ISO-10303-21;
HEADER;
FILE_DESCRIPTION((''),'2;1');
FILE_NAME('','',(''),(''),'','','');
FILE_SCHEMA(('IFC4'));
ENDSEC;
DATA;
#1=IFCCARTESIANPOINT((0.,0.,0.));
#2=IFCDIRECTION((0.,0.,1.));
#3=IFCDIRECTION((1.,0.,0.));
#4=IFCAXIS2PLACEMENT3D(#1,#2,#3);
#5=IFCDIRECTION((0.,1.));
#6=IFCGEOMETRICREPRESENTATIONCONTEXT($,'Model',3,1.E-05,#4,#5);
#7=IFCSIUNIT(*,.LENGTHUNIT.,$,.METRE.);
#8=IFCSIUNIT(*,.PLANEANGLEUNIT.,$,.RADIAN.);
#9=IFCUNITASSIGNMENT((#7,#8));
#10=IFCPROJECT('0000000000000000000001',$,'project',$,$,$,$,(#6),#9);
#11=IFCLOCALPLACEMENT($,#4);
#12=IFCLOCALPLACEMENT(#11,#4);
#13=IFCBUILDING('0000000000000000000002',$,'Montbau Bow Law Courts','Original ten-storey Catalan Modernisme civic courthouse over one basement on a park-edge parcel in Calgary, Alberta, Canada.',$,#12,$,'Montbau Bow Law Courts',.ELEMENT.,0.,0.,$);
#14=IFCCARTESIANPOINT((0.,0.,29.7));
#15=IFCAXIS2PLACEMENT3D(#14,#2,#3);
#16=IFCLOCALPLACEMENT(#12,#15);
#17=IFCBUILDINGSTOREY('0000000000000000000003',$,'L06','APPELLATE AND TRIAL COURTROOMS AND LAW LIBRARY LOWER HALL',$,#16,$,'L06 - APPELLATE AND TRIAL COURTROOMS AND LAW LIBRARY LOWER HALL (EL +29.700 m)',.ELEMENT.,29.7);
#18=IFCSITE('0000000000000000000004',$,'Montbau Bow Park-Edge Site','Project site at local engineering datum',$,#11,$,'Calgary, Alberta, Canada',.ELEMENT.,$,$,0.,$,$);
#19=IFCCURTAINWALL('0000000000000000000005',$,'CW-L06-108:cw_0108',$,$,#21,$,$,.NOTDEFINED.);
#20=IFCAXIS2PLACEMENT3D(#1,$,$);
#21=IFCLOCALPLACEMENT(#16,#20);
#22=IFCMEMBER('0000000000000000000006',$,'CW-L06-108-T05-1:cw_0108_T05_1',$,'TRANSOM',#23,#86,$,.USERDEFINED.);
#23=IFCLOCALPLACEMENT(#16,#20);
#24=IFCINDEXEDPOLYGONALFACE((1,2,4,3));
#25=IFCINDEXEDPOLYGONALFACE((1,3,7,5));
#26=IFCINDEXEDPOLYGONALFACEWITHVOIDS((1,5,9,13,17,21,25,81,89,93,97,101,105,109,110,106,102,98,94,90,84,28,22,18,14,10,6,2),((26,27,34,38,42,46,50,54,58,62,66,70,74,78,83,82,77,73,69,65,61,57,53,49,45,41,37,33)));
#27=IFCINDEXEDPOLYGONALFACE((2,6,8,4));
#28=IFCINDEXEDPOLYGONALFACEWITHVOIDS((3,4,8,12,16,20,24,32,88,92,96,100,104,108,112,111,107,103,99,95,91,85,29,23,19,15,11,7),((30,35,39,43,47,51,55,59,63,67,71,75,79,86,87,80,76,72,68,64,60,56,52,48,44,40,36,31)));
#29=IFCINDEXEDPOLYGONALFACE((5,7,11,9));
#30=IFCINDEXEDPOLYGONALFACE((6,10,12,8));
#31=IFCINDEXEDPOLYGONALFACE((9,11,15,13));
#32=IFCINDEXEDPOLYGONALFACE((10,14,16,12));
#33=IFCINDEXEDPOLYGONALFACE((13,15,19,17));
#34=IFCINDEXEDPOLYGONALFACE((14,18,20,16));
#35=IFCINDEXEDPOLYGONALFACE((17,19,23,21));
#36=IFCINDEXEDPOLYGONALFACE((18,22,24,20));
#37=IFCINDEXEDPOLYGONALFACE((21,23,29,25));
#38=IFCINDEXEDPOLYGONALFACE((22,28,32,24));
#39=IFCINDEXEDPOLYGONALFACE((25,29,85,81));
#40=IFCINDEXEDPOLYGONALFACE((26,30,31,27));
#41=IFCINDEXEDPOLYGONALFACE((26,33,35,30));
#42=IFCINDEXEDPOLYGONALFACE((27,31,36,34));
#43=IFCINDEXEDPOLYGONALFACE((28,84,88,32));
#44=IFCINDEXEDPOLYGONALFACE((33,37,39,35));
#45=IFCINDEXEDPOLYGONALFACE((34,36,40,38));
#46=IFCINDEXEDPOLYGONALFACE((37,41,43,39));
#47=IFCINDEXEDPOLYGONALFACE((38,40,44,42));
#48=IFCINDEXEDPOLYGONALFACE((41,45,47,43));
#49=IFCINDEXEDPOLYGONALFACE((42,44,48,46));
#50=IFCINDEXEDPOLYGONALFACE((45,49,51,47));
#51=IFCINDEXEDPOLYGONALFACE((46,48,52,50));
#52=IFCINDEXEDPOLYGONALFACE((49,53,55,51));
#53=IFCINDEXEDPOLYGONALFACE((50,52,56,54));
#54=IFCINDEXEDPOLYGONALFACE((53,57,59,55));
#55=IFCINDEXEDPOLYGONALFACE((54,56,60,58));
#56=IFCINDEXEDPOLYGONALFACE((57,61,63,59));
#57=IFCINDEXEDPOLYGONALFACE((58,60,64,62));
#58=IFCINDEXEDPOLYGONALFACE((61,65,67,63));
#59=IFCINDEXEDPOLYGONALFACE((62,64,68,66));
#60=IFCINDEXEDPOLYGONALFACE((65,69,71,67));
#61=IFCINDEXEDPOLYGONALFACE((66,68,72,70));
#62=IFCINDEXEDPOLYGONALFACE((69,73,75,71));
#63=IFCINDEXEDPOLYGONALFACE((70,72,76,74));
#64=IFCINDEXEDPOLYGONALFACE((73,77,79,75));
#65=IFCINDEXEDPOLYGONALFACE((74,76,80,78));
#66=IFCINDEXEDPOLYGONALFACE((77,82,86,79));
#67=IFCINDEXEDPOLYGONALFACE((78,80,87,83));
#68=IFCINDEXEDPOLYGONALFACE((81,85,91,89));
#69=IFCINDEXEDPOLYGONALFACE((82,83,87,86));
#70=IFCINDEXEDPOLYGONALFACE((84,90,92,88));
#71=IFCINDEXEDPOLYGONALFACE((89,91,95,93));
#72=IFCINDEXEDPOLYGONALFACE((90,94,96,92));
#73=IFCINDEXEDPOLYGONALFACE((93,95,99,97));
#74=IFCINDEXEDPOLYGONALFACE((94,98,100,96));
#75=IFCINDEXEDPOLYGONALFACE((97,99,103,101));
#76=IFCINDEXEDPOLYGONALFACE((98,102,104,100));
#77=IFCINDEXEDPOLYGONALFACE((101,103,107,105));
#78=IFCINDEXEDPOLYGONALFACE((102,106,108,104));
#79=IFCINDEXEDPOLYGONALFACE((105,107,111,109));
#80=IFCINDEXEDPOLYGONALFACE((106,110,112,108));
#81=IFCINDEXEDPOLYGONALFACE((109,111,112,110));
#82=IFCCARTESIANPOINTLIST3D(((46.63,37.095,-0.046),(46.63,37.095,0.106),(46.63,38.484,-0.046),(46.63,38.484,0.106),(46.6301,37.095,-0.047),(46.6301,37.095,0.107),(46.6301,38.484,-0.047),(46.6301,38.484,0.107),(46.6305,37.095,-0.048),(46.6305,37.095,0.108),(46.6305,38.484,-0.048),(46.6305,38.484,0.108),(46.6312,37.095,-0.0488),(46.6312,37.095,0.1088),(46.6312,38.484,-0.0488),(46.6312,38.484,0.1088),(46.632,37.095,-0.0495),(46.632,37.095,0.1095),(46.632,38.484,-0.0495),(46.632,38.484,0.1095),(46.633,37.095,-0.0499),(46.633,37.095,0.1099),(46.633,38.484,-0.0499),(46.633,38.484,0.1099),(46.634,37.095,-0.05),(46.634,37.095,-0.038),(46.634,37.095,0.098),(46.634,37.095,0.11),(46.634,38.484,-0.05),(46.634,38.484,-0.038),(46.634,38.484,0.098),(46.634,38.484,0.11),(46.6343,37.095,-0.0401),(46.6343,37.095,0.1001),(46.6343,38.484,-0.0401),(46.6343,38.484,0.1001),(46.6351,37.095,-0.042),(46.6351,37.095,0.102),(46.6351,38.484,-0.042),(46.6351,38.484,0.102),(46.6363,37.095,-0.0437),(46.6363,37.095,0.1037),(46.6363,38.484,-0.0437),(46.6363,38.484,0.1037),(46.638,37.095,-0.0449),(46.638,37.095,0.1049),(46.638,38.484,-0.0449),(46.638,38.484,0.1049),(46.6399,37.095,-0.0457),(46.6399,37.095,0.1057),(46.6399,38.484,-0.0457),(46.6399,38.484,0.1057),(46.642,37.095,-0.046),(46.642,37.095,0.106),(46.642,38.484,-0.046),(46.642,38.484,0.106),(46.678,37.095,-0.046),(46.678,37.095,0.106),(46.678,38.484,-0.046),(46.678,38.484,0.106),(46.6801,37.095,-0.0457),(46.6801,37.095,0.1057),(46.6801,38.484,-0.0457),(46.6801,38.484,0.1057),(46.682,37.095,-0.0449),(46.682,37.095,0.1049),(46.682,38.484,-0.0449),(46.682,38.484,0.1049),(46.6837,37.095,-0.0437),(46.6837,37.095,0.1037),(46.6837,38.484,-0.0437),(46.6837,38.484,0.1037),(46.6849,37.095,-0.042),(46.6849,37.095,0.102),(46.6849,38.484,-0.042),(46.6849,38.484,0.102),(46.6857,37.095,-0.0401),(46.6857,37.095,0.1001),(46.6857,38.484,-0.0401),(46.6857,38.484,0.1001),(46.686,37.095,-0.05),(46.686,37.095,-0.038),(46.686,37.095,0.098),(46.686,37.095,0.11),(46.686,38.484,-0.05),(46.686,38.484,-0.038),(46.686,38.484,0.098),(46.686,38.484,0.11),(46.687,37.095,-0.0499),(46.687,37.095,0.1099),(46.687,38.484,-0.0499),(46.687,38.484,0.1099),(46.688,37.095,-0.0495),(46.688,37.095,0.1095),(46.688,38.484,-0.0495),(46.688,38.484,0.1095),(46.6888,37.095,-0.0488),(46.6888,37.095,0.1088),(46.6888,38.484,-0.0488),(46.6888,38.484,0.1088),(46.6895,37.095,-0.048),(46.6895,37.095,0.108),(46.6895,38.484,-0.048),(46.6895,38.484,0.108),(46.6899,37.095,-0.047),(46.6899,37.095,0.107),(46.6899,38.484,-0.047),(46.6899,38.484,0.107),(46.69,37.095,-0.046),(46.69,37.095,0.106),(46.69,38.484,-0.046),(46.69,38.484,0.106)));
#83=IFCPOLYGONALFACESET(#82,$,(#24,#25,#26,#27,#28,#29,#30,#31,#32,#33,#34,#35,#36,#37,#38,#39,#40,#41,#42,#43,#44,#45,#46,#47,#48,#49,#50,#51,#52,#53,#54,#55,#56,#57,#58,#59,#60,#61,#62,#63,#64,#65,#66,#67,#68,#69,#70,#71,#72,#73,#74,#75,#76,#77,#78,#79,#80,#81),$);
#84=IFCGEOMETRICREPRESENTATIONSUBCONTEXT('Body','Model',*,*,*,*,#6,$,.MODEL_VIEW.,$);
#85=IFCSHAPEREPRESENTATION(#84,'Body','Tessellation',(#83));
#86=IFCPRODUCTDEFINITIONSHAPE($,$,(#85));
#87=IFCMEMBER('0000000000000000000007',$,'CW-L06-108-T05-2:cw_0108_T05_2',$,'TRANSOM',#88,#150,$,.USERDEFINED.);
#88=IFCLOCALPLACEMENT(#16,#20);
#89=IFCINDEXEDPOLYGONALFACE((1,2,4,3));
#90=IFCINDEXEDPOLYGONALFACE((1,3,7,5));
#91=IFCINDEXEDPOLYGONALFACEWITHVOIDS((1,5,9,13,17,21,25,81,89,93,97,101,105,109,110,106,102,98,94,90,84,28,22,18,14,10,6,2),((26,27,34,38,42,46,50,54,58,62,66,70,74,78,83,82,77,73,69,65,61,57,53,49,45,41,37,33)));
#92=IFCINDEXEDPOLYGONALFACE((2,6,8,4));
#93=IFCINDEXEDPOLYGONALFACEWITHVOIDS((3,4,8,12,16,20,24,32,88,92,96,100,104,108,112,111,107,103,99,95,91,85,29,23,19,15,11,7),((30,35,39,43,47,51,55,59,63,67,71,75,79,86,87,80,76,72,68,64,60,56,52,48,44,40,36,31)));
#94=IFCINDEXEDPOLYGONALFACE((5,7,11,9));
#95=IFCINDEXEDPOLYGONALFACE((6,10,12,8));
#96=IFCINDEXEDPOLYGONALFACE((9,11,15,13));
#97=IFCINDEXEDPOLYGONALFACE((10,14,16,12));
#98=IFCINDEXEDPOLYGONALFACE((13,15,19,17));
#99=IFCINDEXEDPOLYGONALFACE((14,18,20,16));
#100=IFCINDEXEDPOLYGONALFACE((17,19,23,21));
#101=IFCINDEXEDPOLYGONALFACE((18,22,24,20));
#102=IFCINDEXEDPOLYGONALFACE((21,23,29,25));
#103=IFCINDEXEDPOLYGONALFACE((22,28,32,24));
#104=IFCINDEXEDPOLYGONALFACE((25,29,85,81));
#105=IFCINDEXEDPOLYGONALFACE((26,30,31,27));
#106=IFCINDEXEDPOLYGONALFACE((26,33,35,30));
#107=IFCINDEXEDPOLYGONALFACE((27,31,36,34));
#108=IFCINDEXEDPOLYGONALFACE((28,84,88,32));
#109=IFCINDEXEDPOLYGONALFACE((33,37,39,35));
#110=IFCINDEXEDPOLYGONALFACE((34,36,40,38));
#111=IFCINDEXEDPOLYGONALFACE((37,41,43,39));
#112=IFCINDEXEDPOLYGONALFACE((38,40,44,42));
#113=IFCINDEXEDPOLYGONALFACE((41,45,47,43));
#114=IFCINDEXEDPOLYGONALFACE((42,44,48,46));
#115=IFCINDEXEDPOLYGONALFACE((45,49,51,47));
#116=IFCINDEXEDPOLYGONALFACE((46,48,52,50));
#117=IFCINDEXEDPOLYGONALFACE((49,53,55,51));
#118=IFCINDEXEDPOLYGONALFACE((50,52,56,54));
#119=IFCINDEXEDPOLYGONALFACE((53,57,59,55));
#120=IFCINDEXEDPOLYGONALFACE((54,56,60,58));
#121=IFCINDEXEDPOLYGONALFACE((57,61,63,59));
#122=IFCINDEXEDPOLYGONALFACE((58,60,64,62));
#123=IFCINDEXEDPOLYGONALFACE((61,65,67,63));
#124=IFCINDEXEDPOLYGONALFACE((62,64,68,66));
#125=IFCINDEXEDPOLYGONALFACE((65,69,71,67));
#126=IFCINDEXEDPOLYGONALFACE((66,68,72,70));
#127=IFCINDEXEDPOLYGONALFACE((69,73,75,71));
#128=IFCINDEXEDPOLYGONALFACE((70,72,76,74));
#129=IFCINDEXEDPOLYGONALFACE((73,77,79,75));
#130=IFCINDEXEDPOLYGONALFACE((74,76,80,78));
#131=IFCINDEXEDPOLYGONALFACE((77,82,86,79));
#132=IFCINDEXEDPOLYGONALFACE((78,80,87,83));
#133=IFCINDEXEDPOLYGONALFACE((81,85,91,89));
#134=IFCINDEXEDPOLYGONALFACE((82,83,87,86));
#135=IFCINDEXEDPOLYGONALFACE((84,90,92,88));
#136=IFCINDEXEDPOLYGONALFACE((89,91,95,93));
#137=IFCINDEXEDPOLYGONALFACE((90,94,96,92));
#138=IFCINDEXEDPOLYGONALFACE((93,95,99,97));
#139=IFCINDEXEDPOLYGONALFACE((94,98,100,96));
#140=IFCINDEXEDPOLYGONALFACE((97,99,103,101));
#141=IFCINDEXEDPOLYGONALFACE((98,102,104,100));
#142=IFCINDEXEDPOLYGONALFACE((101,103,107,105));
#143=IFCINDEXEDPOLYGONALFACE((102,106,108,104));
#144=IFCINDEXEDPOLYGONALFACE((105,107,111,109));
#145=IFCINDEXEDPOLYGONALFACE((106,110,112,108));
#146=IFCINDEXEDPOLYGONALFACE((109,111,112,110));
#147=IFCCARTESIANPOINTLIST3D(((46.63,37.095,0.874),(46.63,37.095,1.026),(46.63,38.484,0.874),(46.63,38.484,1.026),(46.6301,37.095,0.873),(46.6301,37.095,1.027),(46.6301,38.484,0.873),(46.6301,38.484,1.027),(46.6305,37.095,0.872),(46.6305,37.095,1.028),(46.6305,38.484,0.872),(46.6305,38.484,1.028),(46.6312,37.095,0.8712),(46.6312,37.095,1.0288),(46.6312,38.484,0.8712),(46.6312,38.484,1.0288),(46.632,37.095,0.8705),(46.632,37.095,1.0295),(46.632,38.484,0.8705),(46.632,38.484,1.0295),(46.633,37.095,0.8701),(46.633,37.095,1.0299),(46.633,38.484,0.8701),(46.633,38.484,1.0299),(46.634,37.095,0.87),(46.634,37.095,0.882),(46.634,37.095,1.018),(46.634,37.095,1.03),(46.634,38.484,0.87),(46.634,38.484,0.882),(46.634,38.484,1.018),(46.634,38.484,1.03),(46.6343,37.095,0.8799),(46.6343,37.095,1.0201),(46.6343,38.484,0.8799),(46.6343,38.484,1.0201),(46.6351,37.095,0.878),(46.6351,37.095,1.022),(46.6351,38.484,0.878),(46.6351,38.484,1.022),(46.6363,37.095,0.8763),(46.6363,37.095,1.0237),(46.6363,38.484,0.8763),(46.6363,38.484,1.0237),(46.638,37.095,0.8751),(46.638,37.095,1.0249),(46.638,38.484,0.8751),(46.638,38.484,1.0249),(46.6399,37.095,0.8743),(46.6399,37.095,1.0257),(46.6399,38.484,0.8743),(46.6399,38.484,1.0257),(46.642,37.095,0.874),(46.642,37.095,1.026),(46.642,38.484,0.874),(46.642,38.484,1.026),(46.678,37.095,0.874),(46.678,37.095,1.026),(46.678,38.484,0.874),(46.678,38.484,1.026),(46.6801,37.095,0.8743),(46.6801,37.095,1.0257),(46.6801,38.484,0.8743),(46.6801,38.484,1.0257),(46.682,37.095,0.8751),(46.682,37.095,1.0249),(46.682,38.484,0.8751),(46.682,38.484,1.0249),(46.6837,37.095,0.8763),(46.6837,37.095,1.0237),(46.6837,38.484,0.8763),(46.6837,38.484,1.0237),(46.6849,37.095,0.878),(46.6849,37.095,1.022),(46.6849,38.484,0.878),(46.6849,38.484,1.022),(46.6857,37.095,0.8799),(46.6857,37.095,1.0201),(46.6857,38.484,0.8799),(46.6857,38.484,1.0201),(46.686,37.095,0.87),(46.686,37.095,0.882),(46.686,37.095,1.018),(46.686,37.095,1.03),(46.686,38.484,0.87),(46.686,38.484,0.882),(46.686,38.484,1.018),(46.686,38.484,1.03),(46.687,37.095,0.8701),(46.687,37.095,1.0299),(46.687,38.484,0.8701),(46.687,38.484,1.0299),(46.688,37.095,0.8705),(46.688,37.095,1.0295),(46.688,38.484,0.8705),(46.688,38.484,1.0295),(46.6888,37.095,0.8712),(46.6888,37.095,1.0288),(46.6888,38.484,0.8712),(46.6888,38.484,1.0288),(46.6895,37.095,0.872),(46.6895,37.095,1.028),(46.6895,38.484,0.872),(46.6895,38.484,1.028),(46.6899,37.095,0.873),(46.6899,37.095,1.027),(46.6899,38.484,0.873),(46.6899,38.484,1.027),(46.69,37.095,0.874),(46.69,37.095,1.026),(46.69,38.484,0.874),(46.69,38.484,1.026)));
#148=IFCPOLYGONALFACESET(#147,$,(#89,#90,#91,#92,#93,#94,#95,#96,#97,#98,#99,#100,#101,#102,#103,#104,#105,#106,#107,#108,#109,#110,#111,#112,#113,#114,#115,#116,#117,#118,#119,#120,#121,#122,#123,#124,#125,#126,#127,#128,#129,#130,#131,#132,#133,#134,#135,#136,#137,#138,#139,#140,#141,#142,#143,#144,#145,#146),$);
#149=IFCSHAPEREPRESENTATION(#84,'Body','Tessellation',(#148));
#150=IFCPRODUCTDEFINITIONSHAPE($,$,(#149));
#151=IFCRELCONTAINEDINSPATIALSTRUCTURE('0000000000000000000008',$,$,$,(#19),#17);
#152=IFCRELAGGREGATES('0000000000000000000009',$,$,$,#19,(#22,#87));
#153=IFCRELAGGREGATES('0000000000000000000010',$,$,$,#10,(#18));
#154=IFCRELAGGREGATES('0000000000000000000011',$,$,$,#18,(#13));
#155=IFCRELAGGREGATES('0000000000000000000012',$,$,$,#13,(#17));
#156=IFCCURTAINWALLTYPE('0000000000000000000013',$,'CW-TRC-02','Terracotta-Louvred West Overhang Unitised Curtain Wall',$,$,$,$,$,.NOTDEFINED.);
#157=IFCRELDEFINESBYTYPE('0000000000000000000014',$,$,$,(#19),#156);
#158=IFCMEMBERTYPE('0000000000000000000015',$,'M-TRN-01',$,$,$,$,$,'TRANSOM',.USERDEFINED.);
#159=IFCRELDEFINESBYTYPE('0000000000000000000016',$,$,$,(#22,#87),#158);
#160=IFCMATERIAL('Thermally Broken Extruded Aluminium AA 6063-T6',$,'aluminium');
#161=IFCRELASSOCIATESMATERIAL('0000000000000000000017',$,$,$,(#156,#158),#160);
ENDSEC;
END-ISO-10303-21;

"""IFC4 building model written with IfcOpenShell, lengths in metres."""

from ifc_helpers import new_model, si_unit, direction, frame, origin_with_axes, origin_2d_with_axis, place, context, subcontext, project, spatial, hollow_rectangle, extrude, material, material_profile, profile_set, type_object, element, aggregate, save


model = new_model("IFC4")

# Units and contexts
model_context = context("Model", 3, precision=1e-05, world=origin_with_axes(), true_north=direction((0.0, 1.0)))
body_context = subcontext(model_context, "Body", "Model", "MODEL_VIEW")
ifc_project = project(units=[si_unit("LENGTHUNIT", "METRE"), si_unit("PLANEANGLEUNIT", "RADIAN")], contexts=[model_context])

# Site, building, storey
site_placement = place(None, origin_with_axes())
site = spatial("IfcSite", under=ifc_project, at=site_placement, Name="Montbau Bow Park-Edge Site", Description="Project site at local engineering datum", LongName="Calgary, Alberta, Canada", CompositionType="ELEMENT", RefElevation=0.0)
building_placement = place(site_placement, origin_with_axes())
building = spatial("IfcBuilding", under=site, at=building_placement, Name="Montbau Bow Law Courts", Description="Original ten-storey Catalan Modernisme civic courthouse over one basement on a park-edge parcel in Calgary, Alberta, Canada.", LongName="Montbau Bow Law Courts", CompositionType="ELEMENT", ElevationOfRefHeight=0.0, ElevationOfTerrain=0.0)
storey_placement = place(building_placement, frame((0.0, 0.0, 29.7), z_axis=(0.0, 0.0, 1.0), x_axis=(1.0, 0.0, 0.0)))
storey = spatial("IfcBuildingStorey", under=building, at=storey_placement, Name="L06", Description="APPELLATE AND TRIAL COURTROOMS AND LAW LIBRARY LOWER HALL", LongName="L06 - APPELLATE AND TRIAL COURTROOMS AND LAW LIBRARY LOWER HALL (EL +29.700 m)", CompositionType="ELEMENT", Elevation=29.7)

# Curtain wall
ifc_material_1 = material(Name="Thermally Broken Extruded Aluminium AA 6063-T6", Category="aluminium")
curtain_wall_type = type_object("IfcCurtainWallType", Name="CW-TRC-02", Description="Terracotta-Louvred West Overhang Unitised Curtain Wall", PredefinedType="NOTDEFINED", material=ifc_material_1)
curtain_wall_1_placement = place(None, frame((46.66, 31.04, 29.7), z_axis=(0.0, 0.0, 1.0), x_axis=(1.0, 0.0, 0.0)))
curtain_wall_1 = element("IfcCurtainWall", 1, at=curtain_wall_1_placement, inside=storey, type_object=curtain_wall_type, Name="CW-L06-108:cw_0108", PredefinedType="NOTDEFINED")

# Members
ifc_material_profile_1 = material_profile(ifc_material_1, hollow_rectangle(XDim=0.06, YDim=0.16, WallThickness=0.004, InnerFilletRadius=0.008, OuterFilletRadius=0.004, at=origin_2d_with_axis()), Name="CWT-160X60", Category="Main", Priority=0)
ifc_profile_set_1 = profile_set([ifc_material_profile_1], Name="Thermally Broken Extruded Aluminium AA 6063-T6")
member_type_1 = type_object("IfcMemberType", Name="M-TRN-01", ElementType="TRANSOM", PredefinedType="USERDEFINED", material=ifc_profile_set_1)
member_1_placement = place(None, frame((46.66, 37.095, 29.73), z_axis=(0.0, 1.0, 0.0), x_axis=(-1.0, 0.0, 0.0)))
member_1 = element("IfcMember", 2, at=member_1_placement, type_object=member_type_1, Name="CW-L06-108-T05-1:cw_0108_T05_1", ObjectType="TRANSOM", PredefinedType="USERDEFINED", context=body_context, shape_type="SweptSolid", body=[
    extrude(hollow_rectangle(XDim=0.06, YDim=0.16, WallThickness=0.004, InnerFilletRadius=0.008, OuterFilletRadius=0.004, at=origin_2d_with_axis()), origin_with_axes(), (0.0, 0.0, 1.0), 1.389),
])
member_2_placement = place(None, frame((46.66, 37.095, 30.65), z_axis=(0.0, 1.0, 0.0), x_axis=(-1.0, 0.0, 0.0)))
member_2 = element("IfcMember", 3, at=member_2_placement, type_object=member_type_1, Name="CW-L06-108-T05-2:cw_0108_T05_2", ObjectType="TRANSOM", PredefinedType="USERDEFINED", context=body_context, shape_type="SweptSolid", body=[
    extrude(hollow_rectangle(XDim=0.06, YDim=0.16, WallThickness=0.004, InnerFilletRadius=0.008, OuterFilletRadius=0.004, at=origin_2d_with_axis()), origin_with_axes(), (0.0, 0.0, 1.0), 1.389),
])

aggregate(curtain_wall_1, [member_1, member_2])

save(model, "model.ifc")
